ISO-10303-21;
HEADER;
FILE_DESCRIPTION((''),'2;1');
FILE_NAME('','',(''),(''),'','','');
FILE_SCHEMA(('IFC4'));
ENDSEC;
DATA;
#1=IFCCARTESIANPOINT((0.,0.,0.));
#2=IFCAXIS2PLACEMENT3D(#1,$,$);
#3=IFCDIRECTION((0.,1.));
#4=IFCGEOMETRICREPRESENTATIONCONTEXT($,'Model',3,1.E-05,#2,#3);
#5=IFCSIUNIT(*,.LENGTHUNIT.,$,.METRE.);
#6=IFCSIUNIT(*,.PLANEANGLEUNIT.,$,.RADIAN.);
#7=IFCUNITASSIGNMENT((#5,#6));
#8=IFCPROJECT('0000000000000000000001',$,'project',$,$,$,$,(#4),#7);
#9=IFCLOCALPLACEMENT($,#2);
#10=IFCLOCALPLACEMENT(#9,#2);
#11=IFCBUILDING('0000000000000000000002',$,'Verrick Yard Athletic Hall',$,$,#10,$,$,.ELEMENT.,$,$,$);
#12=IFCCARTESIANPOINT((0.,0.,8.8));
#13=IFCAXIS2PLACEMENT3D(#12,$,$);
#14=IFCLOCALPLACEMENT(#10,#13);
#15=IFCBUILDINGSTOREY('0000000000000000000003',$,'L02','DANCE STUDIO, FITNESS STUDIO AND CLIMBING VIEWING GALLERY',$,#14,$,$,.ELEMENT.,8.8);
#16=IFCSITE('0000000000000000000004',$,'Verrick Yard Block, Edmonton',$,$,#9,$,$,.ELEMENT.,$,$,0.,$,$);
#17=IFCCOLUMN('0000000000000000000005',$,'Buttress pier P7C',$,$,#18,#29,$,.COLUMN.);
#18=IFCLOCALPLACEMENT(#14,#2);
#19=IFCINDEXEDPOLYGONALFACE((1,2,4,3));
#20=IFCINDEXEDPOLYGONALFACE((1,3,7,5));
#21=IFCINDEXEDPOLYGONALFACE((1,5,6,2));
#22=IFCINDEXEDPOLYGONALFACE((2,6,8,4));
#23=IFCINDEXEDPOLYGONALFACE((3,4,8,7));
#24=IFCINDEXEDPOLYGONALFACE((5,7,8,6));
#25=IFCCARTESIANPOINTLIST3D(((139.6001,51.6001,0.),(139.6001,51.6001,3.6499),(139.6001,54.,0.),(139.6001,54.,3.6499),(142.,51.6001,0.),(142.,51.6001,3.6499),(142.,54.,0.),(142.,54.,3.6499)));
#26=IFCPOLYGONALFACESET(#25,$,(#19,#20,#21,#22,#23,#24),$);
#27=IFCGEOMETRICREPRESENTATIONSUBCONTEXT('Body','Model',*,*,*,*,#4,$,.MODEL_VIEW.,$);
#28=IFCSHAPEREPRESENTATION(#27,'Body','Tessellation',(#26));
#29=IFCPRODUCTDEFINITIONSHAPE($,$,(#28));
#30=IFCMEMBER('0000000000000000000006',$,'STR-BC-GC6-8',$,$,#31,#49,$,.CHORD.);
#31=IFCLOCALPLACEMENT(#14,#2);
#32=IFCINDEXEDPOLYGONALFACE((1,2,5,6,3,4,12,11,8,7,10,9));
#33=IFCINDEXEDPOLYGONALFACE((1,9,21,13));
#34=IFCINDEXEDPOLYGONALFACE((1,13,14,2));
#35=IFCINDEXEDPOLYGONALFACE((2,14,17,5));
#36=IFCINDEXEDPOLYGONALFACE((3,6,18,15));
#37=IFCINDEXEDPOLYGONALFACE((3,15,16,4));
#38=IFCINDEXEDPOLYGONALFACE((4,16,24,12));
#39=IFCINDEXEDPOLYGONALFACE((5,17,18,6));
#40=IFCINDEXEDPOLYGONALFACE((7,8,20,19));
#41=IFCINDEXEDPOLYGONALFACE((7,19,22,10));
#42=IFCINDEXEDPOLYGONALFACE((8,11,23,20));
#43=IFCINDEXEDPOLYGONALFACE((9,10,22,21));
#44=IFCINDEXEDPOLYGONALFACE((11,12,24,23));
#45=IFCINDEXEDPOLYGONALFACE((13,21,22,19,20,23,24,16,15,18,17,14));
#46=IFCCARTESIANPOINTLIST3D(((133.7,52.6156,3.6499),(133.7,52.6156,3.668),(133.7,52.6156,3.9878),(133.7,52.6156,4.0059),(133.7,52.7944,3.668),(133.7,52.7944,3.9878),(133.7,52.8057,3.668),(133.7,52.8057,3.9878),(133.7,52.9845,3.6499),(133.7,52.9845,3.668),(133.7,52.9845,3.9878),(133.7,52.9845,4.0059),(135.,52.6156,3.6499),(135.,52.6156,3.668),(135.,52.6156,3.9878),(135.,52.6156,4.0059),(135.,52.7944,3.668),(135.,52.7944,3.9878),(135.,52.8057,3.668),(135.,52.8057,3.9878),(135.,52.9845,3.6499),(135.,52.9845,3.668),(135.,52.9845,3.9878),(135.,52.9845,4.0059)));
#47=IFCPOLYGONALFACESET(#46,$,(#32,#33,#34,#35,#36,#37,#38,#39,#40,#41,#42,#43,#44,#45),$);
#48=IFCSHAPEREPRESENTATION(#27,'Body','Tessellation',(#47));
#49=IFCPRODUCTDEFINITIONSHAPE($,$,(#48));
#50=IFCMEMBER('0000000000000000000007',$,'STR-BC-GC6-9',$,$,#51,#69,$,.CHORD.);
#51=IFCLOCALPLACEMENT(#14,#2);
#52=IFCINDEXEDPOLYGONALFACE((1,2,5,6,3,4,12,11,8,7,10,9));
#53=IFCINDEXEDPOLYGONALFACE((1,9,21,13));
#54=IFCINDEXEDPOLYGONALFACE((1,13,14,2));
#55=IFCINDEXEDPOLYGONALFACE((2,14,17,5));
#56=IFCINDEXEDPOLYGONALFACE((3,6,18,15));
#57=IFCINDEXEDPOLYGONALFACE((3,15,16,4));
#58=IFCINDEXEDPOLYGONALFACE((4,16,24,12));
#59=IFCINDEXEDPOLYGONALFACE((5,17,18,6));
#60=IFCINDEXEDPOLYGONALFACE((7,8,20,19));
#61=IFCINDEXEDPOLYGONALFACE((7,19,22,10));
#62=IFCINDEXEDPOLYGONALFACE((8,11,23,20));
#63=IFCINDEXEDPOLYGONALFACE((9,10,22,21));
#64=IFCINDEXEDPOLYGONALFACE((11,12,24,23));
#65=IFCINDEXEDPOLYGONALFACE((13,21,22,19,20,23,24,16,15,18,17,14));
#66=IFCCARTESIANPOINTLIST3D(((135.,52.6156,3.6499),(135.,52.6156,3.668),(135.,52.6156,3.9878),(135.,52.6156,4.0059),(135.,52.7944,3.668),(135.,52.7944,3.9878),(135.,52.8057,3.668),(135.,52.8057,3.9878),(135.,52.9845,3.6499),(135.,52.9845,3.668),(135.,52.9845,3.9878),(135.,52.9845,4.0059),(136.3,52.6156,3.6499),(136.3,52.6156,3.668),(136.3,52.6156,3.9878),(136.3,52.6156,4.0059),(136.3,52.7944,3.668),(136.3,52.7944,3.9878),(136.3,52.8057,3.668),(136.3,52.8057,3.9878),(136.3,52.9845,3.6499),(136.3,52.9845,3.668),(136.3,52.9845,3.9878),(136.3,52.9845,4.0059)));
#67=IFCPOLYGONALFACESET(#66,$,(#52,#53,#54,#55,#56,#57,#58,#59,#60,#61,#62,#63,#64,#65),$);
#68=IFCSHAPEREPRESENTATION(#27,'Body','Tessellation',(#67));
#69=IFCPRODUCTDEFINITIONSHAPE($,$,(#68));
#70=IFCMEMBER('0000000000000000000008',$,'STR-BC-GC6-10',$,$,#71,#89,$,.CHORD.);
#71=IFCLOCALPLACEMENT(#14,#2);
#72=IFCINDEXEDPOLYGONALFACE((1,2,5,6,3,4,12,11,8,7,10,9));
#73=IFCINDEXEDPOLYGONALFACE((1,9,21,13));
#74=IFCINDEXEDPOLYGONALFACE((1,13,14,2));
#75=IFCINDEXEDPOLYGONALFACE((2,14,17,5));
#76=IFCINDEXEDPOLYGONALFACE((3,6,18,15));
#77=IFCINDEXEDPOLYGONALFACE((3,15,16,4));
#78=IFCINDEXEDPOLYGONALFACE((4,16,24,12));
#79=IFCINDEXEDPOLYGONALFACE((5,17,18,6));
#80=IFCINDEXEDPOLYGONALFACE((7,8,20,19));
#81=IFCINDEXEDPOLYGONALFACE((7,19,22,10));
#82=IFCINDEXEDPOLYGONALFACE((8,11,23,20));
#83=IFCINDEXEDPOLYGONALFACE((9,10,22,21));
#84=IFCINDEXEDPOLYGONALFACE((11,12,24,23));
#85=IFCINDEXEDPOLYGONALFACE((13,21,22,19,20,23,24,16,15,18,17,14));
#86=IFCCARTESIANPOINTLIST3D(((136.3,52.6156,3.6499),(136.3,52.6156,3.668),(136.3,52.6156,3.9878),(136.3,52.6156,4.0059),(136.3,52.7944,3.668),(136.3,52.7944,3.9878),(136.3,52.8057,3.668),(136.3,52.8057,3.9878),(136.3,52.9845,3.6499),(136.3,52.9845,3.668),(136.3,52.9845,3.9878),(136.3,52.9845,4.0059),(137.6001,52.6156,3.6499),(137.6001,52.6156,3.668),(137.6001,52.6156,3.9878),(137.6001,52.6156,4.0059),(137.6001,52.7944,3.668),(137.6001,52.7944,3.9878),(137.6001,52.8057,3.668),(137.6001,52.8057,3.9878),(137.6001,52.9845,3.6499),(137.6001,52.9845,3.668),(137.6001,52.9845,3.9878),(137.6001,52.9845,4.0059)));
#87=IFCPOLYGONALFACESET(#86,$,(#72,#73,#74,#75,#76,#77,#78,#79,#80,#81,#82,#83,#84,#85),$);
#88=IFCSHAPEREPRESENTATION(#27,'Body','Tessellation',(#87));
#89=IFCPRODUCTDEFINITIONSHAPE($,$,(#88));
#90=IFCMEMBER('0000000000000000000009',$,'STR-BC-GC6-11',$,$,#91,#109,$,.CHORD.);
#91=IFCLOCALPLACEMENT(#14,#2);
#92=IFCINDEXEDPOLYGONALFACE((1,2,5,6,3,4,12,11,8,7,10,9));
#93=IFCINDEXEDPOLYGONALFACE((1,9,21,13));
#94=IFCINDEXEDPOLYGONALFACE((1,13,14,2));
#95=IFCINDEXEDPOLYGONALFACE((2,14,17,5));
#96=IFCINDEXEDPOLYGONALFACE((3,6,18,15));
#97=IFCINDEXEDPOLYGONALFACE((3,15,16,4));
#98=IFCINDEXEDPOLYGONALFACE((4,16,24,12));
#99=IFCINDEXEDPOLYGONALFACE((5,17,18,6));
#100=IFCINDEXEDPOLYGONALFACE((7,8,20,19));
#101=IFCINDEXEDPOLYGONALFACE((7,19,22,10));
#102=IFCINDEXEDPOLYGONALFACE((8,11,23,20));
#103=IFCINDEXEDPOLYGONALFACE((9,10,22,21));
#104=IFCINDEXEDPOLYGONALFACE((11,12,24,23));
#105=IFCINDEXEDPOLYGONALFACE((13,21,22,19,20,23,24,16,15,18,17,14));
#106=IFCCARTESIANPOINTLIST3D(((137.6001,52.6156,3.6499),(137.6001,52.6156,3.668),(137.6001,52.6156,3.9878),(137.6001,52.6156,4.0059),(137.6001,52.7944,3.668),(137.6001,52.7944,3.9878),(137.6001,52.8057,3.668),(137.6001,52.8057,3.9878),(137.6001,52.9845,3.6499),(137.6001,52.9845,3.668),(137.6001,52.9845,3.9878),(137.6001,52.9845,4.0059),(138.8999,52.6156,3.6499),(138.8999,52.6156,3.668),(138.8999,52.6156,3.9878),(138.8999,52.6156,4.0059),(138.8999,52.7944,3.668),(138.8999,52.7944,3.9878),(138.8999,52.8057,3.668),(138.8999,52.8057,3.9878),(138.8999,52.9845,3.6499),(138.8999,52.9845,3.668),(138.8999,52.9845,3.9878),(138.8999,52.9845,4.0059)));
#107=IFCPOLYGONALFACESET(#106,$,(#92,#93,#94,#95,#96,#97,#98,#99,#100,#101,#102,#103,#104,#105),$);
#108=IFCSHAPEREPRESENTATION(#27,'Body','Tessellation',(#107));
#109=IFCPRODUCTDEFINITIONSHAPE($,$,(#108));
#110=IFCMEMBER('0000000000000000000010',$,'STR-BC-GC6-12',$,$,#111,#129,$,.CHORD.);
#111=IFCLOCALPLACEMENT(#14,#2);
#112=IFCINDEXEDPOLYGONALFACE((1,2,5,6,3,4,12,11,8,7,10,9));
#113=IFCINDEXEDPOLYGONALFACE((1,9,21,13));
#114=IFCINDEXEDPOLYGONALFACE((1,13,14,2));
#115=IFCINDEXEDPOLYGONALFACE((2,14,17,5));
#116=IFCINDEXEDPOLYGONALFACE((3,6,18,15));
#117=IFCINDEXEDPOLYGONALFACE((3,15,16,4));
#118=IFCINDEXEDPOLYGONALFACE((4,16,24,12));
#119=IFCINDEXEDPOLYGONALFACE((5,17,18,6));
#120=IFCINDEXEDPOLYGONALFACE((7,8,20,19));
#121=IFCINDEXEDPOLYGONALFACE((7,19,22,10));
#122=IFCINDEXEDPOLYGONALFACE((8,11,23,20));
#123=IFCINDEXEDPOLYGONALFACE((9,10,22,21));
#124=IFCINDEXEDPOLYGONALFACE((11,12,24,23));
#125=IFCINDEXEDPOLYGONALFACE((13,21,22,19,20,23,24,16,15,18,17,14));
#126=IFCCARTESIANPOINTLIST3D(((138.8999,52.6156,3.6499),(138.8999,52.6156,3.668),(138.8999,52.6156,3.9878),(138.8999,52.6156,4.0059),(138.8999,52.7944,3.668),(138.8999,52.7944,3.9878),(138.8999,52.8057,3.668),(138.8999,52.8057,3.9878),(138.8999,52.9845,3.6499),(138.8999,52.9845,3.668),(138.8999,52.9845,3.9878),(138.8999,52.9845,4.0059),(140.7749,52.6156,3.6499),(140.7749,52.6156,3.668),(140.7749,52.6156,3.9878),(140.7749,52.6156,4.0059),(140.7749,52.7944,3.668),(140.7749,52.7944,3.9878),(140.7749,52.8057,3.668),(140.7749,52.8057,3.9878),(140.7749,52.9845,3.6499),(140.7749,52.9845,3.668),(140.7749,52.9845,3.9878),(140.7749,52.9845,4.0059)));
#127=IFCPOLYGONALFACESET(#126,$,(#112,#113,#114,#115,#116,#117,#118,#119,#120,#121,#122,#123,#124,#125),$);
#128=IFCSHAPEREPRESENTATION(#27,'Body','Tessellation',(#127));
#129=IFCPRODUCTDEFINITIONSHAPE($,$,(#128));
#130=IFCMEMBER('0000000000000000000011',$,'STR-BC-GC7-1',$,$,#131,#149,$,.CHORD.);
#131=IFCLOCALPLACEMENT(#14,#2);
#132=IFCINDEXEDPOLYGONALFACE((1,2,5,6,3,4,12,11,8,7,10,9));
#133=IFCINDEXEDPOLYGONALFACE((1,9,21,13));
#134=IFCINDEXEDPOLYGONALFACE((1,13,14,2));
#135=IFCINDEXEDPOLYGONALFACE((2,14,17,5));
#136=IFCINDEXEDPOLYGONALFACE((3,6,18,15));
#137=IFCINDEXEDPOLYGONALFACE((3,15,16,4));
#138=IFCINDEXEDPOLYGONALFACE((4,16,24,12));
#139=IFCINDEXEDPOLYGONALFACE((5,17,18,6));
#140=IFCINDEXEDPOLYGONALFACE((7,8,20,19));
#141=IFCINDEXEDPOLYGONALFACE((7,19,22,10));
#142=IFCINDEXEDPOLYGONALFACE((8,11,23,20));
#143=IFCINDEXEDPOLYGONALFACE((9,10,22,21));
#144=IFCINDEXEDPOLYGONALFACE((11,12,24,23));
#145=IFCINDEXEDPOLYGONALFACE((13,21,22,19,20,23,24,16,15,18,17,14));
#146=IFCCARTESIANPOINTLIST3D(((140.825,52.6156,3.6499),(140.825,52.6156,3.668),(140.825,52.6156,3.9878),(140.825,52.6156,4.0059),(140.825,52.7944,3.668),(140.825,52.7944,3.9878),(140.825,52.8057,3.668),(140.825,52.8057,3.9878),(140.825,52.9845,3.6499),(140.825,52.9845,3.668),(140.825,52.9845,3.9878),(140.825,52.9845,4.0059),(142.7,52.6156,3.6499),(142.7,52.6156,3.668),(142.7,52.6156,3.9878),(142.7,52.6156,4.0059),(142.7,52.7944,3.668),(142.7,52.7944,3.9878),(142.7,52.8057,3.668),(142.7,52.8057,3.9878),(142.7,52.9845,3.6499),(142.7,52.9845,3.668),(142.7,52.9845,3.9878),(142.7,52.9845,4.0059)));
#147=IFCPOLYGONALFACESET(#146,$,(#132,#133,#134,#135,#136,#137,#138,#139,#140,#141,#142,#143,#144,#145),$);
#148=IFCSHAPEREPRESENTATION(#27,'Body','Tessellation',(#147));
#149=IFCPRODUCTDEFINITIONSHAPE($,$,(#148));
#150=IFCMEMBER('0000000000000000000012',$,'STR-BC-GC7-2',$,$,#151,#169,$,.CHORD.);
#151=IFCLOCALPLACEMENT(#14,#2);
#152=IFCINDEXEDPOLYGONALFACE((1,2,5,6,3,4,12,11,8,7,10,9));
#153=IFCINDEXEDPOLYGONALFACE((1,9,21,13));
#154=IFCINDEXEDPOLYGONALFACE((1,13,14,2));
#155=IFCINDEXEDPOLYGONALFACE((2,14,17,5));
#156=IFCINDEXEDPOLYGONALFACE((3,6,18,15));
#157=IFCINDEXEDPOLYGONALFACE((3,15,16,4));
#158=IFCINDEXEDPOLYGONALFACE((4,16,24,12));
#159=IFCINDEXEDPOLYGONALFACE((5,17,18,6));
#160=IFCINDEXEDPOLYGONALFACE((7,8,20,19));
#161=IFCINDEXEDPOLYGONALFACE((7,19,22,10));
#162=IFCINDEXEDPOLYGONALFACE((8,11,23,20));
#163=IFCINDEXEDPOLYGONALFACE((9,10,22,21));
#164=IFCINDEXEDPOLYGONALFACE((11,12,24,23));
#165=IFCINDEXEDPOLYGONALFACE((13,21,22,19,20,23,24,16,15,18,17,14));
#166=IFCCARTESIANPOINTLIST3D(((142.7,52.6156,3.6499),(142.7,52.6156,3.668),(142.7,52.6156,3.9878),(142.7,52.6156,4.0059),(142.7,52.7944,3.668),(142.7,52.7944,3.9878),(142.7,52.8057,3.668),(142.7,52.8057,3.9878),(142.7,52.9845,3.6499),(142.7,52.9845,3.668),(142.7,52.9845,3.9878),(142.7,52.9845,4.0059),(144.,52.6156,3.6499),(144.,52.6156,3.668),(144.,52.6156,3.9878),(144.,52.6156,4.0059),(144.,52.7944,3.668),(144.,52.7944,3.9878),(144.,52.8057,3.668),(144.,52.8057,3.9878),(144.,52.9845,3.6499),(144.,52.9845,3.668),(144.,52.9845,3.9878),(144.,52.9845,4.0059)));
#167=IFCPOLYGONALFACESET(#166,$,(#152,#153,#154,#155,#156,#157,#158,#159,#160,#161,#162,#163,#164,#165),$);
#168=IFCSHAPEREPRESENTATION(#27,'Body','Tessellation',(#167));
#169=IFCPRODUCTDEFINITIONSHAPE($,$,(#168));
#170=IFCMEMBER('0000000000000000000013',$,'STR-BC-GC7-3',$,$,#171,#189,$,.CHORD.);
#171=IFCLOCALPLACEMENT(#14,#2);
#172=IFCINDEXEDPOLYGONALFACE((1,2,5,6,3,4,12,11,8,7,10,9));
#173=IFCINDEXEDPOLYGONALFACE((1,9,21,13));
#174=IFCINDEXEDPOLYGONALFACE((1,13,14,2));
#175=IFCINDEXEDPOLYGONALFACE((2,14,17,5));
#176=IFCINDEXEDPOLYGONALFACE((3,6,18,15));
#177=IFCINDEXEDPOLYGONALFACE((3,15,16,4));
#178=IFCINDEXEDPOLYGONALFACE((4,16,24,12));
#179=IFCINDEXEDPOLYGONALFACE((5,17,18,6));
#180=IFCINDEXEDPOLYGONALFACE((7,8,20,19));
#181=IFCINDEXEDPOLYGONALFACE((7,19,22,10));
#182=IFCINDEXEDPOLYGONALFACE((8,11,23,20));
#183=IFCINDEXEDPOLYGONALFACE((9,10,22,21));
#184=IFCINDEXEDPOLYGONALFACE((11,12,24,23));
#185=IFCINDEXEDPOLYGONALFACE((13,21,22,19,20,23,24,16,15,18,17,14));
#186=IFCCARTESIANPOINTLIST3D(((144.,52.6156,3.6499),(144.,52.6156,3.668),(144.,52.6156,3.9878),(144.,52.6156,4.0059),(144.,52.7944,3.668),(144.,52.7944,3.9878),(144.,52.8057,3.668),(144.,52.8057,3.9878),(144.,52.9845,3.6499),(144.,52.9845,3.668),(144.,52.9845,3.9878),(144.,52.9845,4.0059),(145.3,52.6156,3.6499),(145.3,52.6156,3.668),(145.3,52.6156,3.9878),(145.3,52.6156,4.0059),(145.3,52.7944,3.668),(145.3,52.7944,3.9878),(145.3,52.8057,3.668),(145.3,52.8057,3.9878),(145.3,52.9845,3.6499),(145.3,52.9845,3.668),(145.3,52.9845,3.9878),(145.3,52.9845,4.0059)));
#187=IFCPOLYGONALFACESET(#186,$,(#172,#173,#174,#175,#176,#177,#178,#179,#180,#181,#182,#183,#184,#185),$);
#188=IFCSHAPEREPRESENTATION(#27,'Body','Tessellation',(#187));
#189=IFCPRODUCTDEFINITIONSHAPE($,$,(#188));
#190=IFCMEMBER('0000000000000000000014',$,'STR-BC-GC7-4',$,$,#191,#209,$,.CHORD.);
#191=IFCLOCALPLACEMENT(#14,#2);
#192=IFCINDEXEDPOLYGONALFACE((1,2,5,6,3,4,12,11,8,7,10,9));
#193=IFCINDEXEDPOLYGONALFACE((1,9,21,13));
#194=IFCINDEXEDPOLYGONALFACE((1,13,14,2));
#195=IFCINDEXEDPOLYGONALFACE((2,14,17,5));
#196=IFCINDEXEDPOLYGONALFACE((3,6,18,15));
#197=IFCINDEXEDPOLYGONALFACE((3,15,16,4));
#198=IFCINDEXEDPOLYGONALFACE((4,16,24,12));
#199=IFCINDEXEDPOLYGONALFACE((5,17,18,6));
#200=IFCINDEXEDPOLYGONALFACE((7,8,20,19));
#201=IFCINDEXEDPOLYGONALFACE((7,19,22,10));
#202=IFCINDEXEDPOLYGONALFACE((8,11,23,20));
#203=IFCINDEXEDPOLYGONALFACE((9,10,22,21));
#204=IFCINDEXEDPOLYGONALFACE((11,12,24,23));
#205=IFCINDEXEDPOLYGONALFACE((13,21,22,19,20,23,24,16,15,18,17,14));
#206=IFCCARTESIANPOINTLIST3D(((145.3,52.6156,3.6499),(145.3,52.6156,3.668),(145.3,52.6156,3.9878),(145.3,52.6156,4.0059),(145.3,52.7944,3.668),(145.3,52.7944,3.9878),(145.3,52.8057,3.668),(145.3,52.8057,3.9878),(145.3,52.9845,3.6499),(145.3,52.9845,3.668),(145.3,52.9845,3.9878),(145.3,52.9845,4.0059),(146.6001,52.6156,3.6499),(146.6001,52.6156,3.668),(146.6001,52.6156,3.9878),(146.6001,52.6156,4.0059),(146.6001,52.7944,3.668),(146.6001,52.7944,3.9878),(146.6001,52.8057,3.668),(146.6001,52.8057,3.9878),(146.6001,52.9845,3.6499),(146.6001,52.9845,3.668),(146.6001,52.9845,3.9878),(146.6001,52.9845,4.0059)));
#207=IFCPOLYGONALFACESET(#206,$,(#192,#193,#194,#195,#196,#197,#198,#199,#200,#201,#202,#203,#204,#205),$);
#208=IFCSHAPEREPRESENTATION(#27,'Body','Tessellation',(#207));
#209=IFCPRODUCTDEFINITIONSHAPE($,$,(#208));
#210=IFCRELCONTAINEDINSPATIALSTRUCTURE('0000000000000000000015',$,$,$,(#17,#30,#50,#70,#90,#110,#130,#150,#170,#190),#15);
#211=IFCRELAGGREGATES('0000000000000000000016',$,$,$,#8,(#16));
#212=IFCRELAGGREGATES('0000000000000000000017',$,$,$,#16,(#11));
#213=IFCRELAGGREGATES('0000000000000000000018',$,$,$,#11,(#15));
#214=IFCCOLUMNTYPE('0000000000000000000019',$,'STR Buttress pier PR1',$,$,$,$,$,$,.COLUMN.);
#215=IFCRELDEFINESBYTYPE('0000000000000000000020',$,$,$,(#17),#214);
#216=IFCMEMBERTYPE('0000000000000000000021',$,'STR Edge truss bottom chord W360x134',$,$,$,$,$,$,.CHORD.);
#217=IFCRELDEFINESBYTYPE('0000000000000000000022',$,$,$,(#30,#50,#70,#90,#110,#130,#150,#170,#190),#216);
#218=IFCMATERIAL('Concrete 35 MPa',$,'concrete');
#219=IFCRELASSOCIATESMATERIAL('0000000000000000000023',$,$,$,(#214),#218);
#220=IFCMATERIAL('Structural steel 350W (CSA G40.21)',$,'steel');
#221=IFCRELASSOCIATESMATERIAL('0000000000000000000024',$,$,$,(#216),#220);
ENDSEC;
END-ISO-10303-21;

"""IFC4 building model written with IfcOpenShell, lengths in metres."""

from ifc_helpers import new_model, si_unit, direction, frame, origin, origin_2d, place, context, subcontext, project, spatial, rectangle, i_section, extrude, material, material_profile, profile_set, type_object, element, save


model = new_model("IFC4")

# Units and contexts
model_context = context("Model", 3, precision=1e-05, world=origin(), true_north=direction((0.0, 1.0)))
body_context = subcontext(model_context, "Body", "Model", "MODEL_VIEW")
ifc_project = project(units=[si_unit("LENGTHUNIT", "METRE"), si_unit("PLANEANGLEUNIT", "RADIAN")], contexts=[model_context])

# Site, building, storey
site_placement = place(None, origin())
site = spatial("IfcSite", under=ifc_project, at=site_placement, Name="Verrick Yard Block, Edmonton", CompositionType="ELEMENT", RefElevation=0.0)
building_placement = place(site_placement, origin())
building = spatial("IfcBuilding", under=site, at=building_placement, Name="Verrick Yard Athletic Hall", CompositionType="ELEMENT")
storey_placement = place(building_placement, frame((0.0, 0.0, 8.8)))
storey = spatial("IfcBuildingStorey", under=building, at=storey_placement, Name="L02", Description="DANCE STUDIO, FITNESS STUDIO AND CLIMBING VIEWING GALLERY", CompositionType="ELEMENT", Elevation=8.8)

# Column
ifc_material_1 = material(Name="Concrete 35 MPa", Category="concrete")
ifc_material_profile_1 = material_profile(ifc_material_1, rectangle(XDim=2.3999, YDim=2.3999, at=origin_2d()), Name="STR Buttress pier PR1")
ifc_profile_set_1 = profile_set([ifc_material_profile_1], Name="Concrete 35 MPa")
column_type = type_object("IfcColumnType", Name="STR Buttress pier PR1", PredefinedType="COLUMN", material=ifc_profile_set_1)
column_placement = place(storey_placement, frame((140.8, 52.8, 0.0), z_axis=(0.0, 0.0, 1.0), x_axis=(1.0, 0.0, 0.0)))
element("IfcColumn", 1, at=column_placement, inside=storey, type_object=column_type, Name="Buttress pier P7C", PredefinedType="COLUMN", context=body_context, shape_type="SweptSolid", body=[
    extrude(rectangle(XDim=2.3999, YDim=2.3999, at=origin_2d()), origin(), (0.0, 0.0, 1.0), 3.6499),
])

# Members
ifc_material_2 = material(Name="Structural steel 350W (CSA G40.21)", Category="steel")
ifc_material_profile_2 = material_profile(ifc_material_2, i_section(OverallWidth=0.3689, OverallDepth=0.356, WebThickness=0.0112, FlangeThickness=0.0181, at=origin_2d()), Name="W360x134")
ifc_profile_set_2 = profile_set([ifc_material_profile_2], Name="Structural steel 350W (CSA G40.21)")
member_type_1 = type_object("IfcMemberType", Name="STR Edge truss bottom chord W360x134", PredefinedType="CHORD", material=ifc_profile_set_2)
for number, where, z_axis, x_axis, name in (
    (2, (133.7, 52.8, 3.8279), (1.0, 0.0, 0.0), (0.0, 1.0, 0.0), "STR-BC-GC6-8"),
    (3, (135.0, 52.8, 3.8279), (1.0, 0.0, 0.0), (0.0, 1.0, 0.0), "STR-BC-GC6-9"),
    (4, (136.3, 52.8, 3.8279), (1.0, 0.0, 0.0), (0.0, 1.0, 0.0), "STR-BC-GC6-10"),
):
    element("IfcMember", number, at=place(storey_placement, frame(where, z_axis=z_axis, x_axis=x_axis)), inside=storey, type_object=member_type_1, Name=name, PredefinedType="CHORD", context=body_context, shape_type="SweptSolid", body=[
        extrude(i_section(OverallWidth=0.3689, OverallDepth=0.356, WebThickness=0.0112, FlangeThickness=0.0181, at=origin_2d()), origin(), (0.0, 0.0, 1.0), 1.3),
    ])
member_1_placement = place(storey_placement, frame((137.6001, 52.8, 3.8279), z_axis=(1.0, 0.0, 0.0), x_axis=(0.0, 1.0, 0.0)))
element("IfcMember", 5, at=member_1_placement, inside=storey, type_object=member_type_1, Name="STR-BC-GC6-11", PredefinedType="CHORD", context=body_context, shape_type="SweptSolid", body=[
    extrude(i_section(OverallWidth=0.3689, OverallDepth=0.356, WebThickness=0.0112, FlangeThickness=0.0181, at=origin_2d()), origin(), (0.0, 0.0, 1.0), 1.2998),
])
for number, where, z_axis, x_axis, name in (
    (6, (138.8999, 52.8, 3.8279), (1.0, 0.0, 0.0), (0.0, 1.0, 0.0), "STR-BC-GC6-12"),
    (7, (140.825, 52.8, 3.8279), (1.0, 0.0, 0.0), (0.0, 1.0, 0.0), "STR-BC-GC7-1"),
):
    element("IfcMember", number, at=place(storey_placement, frame(where, z_axis=z_axis, x_axis=x_axis)), inside=storey, type_object=member_type_1, Name=name, PredefinedType="CHORD", context=body_context, shape_type="SweptSolid", body=[
        extrude(i_section(OverallWidth=0.3689, OverallDepth=0.356, WebThickness=0.0112, FlangeThickness=0.0181, at=origin_2d()), origin(), (0.0, 0.0, 1.0), 1.875),
    ])
for number, where, z_axis, x_axis, name in (
    (8, (142.7, 52.8, 3.8279), (1.0, 0.0, 0.0), (0.0, 1.0, 0.0), "STR-BC-GC7-2"),
    (9, (144.0, 52.8, 3.8279), (1.0, 0.0, 0.0), (0.0, 1.0, 0.0), "STR-BC-GC7-3"),
    (10, (145.3, 52.8, 3.8279), (1.0, 0.0, 0.0), (0.0, 1.0, 0.0), "STR-BC-GC7-4"),
):
    element("IfcMember", number, at=place(storey_placement, frame(where, z_axis=z_axis, x_axis=x_axis)), inside=storey, type_object=member_type_1, Name=name, PredefinedType="CHORD", context=body_context, shape_type="SweptSolid", body=[
        extrude(i_section(OverallWidth=0.3689, OverallDepth=0.356, WebThickness=0.0112, FlangeThickness=0.0181, at=origin_2d()), origin(), (0.0, 0.0, 1.0), 1.3),
    ])

save(model, "model.ifc")
